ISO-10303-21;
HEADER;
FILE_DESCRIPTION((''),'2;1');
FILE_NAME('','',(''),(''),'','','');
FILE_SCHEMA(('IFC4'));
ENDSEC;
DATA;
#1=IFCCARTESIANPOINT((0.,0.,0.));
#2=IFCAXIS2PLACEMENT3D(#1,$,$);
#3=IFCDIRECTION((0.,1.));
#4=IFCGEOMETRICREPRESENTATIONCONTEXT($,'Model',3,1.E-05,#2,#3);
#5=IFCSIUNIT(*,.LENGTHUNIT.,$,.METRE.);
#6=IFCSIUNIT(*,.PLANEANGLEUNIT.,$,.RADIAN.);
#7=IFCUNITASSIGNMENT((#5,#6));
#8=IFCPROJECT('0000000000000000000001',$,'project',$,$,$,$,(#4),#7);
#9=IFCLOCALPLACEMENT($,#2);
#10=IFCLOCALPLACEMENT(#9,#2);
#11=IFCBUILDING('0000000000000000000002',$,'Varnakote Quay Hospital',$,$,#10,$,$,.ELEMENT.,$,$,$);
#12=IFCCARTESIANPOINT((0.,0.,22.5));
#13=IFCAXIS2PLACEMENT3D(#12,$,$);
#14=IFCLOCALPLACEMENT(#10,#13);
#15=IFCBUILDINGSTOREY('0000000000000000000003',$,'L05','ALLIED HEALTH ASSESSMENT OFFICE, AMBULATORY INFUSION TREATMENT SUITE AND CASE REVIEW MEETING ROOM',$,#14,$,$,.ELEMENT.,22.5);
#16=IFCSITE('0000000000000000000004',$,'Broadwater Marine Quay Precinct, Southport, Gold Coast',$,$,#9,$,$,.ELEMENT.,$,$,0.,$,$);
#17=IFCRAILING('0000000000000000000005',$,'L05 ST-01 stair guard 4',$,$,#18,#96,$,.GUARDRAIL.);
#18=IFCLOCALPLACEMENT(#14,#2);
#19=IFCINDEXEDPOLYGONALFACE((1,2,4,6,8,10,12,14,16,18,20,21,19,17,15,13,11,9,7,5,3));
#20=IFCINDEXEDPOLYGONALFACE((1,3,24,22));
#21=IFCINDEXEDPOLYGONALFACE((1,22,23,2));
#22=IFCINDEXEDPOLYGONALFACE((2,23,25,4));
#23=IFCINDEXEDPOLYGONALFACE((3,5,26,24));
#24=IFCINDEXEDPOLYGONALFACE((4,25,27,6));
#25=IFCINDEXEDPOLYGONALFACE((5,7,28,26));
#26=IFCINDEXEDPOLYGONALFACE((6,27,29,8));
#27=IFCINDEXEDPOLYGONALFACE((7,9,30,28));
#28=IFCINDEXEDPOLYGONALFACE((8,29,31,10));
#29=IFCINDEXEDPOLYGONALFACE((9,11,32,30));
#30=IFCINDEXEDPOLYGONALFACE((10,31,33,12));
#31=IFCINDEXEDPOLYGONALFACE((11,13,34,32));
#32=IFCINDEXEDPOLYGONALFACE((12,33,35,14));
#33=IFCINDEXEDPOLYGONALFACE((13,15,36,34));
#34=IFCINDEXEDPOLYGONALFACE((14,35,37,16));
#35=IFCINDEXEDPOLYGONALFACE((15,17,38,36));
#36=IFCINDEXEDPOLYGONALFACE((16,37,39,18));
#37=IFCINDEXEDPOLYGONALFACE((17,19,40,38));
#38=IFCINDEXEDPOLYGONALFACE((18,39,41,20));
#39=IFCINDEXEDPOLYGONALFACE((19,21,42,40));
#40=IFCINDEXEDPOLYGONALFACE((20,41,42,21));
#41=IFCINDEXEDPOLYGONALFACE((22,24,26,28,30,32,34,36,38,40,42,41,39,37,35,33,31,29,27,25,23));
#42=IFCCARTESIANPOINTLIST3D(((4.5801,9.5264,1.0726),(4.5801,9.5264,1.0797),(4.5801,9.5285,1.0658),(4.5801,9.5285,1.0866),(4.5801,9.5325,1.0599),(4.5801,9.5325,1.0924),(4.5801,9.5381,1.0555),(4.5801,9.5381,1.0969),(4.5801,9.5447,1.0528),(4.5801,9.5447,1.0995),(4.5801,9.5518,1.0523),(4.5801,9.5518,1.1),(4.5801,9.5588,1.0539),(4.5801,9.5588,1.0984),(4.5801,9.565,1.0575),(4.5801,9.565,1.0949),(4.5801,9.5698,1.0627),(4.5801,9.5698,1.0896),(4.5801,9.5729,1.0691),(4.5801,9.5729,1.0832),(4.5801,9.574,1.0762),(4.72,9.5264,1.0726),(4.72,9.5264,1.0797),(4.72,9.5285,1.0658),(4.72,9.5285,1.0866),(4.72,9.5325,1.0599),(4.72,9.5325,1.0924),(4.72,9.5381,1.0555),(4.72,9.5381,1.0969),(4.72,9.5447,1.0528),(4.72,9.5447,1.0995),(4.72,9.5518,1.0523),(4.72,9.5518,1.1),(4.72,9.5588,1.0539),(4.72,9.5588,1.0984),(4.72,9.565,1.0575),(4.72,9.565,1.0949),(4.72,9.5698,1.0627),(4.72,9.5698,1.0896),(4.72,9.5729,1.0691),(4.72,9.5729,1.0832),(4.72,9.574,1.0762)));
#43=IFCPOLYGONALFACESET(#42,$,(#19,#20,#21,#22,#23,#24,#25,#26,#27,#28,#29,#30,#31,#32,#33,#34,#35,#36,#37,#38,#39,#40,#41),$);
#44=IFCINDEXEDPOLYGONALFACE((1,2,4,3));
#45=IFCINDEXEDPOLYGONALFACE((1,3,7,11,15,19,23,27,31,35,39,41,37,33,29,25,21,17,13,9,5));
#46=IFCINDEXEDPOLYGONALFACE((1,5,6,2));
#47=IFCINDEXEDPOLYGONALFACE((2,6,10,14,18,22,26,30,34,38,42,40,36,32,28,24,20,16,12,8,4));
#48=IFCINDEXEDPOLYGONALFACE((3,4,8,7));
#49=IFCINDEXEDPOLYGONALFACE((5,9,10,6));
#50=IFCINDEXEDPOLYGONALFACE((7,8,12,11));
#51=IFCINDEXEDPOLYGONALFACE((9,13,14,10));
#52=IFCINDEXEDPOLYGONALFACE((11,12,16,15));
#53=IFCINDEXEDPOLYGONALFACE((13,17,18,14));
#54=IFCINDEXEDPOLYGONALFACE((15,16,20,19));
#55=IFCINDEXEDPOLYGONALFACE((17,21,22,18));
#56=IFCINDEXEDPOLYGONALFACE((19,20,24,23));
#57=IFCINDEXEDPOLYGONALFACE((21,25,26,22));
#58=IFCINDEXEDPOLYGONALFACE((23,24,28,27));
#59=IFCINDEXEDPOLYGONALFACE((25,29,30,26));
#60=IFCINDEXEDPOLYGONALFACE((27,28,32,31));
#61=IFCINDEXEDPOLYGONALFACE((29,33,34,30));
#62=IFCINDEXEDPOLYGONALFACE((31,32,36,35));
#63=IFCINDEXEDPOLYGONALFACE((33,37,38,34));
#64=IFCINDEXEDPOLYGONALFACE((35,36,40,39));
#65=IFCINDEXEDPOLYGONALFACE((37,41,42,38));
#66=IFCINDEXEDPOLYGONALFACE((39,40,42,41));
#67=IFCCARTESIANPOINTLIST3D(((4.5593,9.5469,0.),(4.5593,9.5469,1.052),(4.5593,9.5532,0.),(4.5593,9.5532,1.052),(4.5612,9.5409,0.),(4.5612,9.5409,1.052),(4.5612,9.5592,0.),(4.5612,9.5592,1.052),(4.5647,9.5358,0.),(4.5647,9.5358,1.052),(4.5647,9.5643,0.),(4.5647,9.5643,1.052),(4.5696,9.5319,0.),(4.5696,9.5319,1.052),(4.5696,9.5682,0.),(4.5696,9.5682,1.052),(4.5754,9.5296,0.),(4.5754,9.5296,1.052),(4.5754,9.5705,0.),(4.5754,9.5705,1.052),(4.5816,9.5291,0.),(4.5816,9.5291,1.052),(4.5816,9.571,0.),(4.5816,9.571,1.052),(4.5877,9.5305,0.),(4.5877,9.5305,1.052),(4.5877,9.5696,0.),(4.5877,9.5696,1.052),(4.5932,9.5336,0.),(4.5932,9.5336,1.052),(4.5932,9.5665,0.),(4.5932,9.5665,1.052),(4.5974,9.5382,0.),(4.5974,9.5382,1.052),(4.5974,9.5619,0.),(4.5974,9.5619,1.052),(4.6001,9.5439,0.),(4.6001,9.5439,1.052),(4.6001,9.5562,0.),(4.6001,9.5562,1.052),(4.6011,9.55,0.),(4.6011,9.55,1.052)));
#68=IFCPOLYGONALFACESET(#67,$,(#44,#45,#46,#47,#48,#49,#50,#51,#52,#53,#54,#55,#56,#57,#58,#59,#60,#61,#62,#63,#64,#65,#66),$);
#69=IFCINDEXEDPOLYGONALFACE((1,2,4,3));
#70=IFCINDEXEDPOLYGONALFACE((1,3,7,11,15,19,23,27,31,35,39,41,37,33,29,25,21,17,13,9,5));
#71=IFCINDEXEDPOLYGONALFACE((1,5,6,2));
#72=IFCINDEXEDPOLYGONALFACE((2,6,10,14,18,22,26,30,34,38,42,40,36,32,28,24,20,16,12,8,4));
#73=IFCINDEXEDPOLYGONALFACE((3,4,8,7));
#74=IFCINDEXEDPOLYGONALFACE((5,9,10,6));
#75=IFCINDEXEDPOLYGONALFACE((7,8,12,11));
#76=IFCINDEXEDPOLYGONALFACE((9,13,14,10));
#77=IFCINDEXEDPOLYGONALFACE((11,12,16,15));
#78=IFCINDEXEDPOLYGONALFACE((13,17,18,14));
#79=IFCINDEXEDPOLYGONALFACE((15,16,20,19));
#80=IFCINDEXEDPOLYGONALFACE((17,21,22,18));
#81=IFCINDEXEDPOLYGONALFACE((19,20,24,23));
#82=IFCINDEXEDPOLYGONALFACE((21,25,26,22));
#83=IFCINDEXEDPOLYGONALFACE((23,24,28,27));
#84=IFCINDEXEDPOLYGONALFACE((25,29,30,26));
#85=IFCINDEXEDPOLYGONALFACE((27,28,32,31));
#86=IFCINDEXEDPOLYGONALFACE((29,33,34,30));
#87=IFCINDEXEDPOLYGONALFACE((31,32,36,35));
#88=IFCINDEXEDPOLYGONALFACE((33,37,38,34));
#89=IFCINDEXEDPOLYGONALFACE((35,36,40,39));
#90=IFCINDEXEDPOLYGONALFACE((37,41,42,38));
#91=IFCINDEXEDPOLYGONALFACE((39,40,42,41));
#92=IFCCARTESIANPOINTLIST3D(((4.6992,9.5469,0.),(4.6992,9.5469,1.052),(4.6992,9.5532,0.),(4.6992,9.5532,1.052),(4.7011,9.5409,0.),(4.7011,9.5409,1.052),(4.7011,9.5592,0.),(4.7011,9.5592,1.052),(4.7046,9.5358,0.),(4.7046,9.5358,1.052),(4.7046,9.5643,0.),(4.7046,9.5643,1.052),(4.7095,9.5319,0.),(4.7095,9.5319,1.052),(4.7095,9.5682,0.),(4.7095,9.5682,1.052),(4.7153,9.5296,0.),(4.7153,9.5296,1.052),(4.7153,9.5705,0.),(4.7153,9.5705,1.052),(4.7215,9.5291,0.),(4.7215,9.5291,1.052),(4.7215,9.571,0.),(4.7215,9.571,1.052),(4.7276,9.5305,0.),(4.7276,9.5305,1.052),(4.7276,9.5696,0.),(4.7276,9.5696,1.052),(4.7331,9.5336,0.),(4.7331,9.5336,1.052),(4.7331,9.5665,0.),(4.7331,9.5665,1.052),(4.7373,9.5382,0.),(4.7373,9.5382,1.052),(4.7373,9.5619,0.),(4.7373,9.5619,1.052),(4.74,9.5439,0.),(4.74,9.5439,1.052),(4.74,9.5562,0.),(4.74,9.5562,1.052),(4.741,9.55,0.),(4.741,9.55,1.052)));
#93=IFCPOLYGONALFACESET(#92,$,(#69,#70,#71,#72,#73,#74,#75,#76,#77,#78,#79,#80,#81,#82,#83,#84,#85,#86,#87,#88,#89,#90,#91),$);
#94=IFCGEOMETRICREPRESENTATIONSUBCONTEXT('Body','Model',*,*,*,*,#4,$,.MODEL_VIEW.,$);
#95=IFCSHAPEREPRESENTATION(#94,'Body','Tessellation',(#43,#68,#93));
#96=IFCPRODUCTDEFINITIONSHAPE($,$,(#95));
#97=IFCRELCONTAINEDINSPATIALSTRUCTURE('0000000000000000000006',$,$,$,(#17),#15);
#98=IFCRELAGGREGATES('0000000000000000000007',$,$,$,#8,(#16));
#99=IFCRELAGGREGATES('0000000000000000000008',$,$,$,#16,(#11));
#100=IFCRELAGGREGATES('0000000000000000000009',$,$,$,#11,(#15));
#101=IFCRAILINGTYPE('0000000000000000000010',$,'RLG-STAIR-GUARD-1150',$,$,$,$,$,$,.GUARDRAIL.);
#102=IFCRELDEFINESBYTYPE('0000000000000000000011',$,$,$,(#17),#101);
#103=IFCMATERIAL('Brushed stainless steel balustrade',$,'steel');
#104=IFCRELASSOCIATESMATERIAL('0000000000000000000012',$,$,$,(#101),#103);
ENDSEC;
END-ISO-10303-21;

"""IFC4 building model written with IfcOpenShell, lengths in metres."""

from ifc_helpers import new_model, si_unit, direction, frame, origin, origin_2d, place, context, subcontext, project, spatial, circle, extrude, material, type_object, element, save


model = new_model("IFC4")

# Units and contexts
model_context = context("Model", 3, precision=1e-05, world=origin(), true_north=direction((0.0, 1.0)))
body_context = subcontext(model_context, "Body", "Model", "MODEL_VIEW")
ifc_project = project(units=[si_unit("LENGTHUNIT", "METRE"), si_unit("PLANEANGLEUNIT", "RADIAN")], contexts=[model_context])

# Site, building, storey
site_placement = place(None, origin())
site = spatial("IfcSite", under=ifc_project, at=site_placement, Name="Broadwater Marine Quay Precinct, Southport, Gold Coast", CompositionType="ELEMENT", RefElevation=0.0)
building_placement = place(site_placement, origin())
building = spatial("IfcBuilding", under=site, at=building_placement, Name="Varnakote Quay Hospital", CompositionType="ELEMENT")
storey_placement = place(building_placement, frame((0.0, 0.0, 22.5)))
storey = spatial("IfcBuildingStorey", under=building, at=storey_placement, Name="L05", Description="ALLIED HEALTH ASSESSMENT OFFICE, AMBULATORY INFUSION TREATMENT SUITE AND CASE REVIEW MEETING ROOM", CompositionType="ELEMENT", Elevation=22.5)

# Railing
ifc_material_1 = material(Name="Brushed stainless steel balustrade", Category="steel")
railing_type_1 = type_object("IfcRailingType", Name="RLG-STAIR-GUARD-1150", PredefinedType="GUARDRAIL", material=ifc_material_1)
railing_1_placement = place(storey_placement, frame((4.5801, 9.55, 0.0)))
element("IfcRailing", 1, at=railing_1_placement, inside=storey, type_object=railing_type_1, Name="L05 ST-01 stair guard 4", PredefinedType="GUARDRAIL", context=body_context, shape_type="SweptSolid", body=[
    extrude(circle(Radius=0.0239, at=origin_2d()), frame((0.0, 0.0, 1.0762), z_axis=(1.0, 0.0, 0.0), x_axis=(0.0, 1.0, 0.0)), (0.0, 0.0, 1.0), 0.1399),
    extrude(circle(Radius=0.021, at=origin_2d()), origin(), (0.0, 0.0, 1.0), 1.052),
    extrude(circle(Radius=0.021, at=origin_2d()), frame((0.1399, 0.0, 0.0)), (0.0, 0.0, 1.0), 1.052),
])

save(model, "model.ifc")
